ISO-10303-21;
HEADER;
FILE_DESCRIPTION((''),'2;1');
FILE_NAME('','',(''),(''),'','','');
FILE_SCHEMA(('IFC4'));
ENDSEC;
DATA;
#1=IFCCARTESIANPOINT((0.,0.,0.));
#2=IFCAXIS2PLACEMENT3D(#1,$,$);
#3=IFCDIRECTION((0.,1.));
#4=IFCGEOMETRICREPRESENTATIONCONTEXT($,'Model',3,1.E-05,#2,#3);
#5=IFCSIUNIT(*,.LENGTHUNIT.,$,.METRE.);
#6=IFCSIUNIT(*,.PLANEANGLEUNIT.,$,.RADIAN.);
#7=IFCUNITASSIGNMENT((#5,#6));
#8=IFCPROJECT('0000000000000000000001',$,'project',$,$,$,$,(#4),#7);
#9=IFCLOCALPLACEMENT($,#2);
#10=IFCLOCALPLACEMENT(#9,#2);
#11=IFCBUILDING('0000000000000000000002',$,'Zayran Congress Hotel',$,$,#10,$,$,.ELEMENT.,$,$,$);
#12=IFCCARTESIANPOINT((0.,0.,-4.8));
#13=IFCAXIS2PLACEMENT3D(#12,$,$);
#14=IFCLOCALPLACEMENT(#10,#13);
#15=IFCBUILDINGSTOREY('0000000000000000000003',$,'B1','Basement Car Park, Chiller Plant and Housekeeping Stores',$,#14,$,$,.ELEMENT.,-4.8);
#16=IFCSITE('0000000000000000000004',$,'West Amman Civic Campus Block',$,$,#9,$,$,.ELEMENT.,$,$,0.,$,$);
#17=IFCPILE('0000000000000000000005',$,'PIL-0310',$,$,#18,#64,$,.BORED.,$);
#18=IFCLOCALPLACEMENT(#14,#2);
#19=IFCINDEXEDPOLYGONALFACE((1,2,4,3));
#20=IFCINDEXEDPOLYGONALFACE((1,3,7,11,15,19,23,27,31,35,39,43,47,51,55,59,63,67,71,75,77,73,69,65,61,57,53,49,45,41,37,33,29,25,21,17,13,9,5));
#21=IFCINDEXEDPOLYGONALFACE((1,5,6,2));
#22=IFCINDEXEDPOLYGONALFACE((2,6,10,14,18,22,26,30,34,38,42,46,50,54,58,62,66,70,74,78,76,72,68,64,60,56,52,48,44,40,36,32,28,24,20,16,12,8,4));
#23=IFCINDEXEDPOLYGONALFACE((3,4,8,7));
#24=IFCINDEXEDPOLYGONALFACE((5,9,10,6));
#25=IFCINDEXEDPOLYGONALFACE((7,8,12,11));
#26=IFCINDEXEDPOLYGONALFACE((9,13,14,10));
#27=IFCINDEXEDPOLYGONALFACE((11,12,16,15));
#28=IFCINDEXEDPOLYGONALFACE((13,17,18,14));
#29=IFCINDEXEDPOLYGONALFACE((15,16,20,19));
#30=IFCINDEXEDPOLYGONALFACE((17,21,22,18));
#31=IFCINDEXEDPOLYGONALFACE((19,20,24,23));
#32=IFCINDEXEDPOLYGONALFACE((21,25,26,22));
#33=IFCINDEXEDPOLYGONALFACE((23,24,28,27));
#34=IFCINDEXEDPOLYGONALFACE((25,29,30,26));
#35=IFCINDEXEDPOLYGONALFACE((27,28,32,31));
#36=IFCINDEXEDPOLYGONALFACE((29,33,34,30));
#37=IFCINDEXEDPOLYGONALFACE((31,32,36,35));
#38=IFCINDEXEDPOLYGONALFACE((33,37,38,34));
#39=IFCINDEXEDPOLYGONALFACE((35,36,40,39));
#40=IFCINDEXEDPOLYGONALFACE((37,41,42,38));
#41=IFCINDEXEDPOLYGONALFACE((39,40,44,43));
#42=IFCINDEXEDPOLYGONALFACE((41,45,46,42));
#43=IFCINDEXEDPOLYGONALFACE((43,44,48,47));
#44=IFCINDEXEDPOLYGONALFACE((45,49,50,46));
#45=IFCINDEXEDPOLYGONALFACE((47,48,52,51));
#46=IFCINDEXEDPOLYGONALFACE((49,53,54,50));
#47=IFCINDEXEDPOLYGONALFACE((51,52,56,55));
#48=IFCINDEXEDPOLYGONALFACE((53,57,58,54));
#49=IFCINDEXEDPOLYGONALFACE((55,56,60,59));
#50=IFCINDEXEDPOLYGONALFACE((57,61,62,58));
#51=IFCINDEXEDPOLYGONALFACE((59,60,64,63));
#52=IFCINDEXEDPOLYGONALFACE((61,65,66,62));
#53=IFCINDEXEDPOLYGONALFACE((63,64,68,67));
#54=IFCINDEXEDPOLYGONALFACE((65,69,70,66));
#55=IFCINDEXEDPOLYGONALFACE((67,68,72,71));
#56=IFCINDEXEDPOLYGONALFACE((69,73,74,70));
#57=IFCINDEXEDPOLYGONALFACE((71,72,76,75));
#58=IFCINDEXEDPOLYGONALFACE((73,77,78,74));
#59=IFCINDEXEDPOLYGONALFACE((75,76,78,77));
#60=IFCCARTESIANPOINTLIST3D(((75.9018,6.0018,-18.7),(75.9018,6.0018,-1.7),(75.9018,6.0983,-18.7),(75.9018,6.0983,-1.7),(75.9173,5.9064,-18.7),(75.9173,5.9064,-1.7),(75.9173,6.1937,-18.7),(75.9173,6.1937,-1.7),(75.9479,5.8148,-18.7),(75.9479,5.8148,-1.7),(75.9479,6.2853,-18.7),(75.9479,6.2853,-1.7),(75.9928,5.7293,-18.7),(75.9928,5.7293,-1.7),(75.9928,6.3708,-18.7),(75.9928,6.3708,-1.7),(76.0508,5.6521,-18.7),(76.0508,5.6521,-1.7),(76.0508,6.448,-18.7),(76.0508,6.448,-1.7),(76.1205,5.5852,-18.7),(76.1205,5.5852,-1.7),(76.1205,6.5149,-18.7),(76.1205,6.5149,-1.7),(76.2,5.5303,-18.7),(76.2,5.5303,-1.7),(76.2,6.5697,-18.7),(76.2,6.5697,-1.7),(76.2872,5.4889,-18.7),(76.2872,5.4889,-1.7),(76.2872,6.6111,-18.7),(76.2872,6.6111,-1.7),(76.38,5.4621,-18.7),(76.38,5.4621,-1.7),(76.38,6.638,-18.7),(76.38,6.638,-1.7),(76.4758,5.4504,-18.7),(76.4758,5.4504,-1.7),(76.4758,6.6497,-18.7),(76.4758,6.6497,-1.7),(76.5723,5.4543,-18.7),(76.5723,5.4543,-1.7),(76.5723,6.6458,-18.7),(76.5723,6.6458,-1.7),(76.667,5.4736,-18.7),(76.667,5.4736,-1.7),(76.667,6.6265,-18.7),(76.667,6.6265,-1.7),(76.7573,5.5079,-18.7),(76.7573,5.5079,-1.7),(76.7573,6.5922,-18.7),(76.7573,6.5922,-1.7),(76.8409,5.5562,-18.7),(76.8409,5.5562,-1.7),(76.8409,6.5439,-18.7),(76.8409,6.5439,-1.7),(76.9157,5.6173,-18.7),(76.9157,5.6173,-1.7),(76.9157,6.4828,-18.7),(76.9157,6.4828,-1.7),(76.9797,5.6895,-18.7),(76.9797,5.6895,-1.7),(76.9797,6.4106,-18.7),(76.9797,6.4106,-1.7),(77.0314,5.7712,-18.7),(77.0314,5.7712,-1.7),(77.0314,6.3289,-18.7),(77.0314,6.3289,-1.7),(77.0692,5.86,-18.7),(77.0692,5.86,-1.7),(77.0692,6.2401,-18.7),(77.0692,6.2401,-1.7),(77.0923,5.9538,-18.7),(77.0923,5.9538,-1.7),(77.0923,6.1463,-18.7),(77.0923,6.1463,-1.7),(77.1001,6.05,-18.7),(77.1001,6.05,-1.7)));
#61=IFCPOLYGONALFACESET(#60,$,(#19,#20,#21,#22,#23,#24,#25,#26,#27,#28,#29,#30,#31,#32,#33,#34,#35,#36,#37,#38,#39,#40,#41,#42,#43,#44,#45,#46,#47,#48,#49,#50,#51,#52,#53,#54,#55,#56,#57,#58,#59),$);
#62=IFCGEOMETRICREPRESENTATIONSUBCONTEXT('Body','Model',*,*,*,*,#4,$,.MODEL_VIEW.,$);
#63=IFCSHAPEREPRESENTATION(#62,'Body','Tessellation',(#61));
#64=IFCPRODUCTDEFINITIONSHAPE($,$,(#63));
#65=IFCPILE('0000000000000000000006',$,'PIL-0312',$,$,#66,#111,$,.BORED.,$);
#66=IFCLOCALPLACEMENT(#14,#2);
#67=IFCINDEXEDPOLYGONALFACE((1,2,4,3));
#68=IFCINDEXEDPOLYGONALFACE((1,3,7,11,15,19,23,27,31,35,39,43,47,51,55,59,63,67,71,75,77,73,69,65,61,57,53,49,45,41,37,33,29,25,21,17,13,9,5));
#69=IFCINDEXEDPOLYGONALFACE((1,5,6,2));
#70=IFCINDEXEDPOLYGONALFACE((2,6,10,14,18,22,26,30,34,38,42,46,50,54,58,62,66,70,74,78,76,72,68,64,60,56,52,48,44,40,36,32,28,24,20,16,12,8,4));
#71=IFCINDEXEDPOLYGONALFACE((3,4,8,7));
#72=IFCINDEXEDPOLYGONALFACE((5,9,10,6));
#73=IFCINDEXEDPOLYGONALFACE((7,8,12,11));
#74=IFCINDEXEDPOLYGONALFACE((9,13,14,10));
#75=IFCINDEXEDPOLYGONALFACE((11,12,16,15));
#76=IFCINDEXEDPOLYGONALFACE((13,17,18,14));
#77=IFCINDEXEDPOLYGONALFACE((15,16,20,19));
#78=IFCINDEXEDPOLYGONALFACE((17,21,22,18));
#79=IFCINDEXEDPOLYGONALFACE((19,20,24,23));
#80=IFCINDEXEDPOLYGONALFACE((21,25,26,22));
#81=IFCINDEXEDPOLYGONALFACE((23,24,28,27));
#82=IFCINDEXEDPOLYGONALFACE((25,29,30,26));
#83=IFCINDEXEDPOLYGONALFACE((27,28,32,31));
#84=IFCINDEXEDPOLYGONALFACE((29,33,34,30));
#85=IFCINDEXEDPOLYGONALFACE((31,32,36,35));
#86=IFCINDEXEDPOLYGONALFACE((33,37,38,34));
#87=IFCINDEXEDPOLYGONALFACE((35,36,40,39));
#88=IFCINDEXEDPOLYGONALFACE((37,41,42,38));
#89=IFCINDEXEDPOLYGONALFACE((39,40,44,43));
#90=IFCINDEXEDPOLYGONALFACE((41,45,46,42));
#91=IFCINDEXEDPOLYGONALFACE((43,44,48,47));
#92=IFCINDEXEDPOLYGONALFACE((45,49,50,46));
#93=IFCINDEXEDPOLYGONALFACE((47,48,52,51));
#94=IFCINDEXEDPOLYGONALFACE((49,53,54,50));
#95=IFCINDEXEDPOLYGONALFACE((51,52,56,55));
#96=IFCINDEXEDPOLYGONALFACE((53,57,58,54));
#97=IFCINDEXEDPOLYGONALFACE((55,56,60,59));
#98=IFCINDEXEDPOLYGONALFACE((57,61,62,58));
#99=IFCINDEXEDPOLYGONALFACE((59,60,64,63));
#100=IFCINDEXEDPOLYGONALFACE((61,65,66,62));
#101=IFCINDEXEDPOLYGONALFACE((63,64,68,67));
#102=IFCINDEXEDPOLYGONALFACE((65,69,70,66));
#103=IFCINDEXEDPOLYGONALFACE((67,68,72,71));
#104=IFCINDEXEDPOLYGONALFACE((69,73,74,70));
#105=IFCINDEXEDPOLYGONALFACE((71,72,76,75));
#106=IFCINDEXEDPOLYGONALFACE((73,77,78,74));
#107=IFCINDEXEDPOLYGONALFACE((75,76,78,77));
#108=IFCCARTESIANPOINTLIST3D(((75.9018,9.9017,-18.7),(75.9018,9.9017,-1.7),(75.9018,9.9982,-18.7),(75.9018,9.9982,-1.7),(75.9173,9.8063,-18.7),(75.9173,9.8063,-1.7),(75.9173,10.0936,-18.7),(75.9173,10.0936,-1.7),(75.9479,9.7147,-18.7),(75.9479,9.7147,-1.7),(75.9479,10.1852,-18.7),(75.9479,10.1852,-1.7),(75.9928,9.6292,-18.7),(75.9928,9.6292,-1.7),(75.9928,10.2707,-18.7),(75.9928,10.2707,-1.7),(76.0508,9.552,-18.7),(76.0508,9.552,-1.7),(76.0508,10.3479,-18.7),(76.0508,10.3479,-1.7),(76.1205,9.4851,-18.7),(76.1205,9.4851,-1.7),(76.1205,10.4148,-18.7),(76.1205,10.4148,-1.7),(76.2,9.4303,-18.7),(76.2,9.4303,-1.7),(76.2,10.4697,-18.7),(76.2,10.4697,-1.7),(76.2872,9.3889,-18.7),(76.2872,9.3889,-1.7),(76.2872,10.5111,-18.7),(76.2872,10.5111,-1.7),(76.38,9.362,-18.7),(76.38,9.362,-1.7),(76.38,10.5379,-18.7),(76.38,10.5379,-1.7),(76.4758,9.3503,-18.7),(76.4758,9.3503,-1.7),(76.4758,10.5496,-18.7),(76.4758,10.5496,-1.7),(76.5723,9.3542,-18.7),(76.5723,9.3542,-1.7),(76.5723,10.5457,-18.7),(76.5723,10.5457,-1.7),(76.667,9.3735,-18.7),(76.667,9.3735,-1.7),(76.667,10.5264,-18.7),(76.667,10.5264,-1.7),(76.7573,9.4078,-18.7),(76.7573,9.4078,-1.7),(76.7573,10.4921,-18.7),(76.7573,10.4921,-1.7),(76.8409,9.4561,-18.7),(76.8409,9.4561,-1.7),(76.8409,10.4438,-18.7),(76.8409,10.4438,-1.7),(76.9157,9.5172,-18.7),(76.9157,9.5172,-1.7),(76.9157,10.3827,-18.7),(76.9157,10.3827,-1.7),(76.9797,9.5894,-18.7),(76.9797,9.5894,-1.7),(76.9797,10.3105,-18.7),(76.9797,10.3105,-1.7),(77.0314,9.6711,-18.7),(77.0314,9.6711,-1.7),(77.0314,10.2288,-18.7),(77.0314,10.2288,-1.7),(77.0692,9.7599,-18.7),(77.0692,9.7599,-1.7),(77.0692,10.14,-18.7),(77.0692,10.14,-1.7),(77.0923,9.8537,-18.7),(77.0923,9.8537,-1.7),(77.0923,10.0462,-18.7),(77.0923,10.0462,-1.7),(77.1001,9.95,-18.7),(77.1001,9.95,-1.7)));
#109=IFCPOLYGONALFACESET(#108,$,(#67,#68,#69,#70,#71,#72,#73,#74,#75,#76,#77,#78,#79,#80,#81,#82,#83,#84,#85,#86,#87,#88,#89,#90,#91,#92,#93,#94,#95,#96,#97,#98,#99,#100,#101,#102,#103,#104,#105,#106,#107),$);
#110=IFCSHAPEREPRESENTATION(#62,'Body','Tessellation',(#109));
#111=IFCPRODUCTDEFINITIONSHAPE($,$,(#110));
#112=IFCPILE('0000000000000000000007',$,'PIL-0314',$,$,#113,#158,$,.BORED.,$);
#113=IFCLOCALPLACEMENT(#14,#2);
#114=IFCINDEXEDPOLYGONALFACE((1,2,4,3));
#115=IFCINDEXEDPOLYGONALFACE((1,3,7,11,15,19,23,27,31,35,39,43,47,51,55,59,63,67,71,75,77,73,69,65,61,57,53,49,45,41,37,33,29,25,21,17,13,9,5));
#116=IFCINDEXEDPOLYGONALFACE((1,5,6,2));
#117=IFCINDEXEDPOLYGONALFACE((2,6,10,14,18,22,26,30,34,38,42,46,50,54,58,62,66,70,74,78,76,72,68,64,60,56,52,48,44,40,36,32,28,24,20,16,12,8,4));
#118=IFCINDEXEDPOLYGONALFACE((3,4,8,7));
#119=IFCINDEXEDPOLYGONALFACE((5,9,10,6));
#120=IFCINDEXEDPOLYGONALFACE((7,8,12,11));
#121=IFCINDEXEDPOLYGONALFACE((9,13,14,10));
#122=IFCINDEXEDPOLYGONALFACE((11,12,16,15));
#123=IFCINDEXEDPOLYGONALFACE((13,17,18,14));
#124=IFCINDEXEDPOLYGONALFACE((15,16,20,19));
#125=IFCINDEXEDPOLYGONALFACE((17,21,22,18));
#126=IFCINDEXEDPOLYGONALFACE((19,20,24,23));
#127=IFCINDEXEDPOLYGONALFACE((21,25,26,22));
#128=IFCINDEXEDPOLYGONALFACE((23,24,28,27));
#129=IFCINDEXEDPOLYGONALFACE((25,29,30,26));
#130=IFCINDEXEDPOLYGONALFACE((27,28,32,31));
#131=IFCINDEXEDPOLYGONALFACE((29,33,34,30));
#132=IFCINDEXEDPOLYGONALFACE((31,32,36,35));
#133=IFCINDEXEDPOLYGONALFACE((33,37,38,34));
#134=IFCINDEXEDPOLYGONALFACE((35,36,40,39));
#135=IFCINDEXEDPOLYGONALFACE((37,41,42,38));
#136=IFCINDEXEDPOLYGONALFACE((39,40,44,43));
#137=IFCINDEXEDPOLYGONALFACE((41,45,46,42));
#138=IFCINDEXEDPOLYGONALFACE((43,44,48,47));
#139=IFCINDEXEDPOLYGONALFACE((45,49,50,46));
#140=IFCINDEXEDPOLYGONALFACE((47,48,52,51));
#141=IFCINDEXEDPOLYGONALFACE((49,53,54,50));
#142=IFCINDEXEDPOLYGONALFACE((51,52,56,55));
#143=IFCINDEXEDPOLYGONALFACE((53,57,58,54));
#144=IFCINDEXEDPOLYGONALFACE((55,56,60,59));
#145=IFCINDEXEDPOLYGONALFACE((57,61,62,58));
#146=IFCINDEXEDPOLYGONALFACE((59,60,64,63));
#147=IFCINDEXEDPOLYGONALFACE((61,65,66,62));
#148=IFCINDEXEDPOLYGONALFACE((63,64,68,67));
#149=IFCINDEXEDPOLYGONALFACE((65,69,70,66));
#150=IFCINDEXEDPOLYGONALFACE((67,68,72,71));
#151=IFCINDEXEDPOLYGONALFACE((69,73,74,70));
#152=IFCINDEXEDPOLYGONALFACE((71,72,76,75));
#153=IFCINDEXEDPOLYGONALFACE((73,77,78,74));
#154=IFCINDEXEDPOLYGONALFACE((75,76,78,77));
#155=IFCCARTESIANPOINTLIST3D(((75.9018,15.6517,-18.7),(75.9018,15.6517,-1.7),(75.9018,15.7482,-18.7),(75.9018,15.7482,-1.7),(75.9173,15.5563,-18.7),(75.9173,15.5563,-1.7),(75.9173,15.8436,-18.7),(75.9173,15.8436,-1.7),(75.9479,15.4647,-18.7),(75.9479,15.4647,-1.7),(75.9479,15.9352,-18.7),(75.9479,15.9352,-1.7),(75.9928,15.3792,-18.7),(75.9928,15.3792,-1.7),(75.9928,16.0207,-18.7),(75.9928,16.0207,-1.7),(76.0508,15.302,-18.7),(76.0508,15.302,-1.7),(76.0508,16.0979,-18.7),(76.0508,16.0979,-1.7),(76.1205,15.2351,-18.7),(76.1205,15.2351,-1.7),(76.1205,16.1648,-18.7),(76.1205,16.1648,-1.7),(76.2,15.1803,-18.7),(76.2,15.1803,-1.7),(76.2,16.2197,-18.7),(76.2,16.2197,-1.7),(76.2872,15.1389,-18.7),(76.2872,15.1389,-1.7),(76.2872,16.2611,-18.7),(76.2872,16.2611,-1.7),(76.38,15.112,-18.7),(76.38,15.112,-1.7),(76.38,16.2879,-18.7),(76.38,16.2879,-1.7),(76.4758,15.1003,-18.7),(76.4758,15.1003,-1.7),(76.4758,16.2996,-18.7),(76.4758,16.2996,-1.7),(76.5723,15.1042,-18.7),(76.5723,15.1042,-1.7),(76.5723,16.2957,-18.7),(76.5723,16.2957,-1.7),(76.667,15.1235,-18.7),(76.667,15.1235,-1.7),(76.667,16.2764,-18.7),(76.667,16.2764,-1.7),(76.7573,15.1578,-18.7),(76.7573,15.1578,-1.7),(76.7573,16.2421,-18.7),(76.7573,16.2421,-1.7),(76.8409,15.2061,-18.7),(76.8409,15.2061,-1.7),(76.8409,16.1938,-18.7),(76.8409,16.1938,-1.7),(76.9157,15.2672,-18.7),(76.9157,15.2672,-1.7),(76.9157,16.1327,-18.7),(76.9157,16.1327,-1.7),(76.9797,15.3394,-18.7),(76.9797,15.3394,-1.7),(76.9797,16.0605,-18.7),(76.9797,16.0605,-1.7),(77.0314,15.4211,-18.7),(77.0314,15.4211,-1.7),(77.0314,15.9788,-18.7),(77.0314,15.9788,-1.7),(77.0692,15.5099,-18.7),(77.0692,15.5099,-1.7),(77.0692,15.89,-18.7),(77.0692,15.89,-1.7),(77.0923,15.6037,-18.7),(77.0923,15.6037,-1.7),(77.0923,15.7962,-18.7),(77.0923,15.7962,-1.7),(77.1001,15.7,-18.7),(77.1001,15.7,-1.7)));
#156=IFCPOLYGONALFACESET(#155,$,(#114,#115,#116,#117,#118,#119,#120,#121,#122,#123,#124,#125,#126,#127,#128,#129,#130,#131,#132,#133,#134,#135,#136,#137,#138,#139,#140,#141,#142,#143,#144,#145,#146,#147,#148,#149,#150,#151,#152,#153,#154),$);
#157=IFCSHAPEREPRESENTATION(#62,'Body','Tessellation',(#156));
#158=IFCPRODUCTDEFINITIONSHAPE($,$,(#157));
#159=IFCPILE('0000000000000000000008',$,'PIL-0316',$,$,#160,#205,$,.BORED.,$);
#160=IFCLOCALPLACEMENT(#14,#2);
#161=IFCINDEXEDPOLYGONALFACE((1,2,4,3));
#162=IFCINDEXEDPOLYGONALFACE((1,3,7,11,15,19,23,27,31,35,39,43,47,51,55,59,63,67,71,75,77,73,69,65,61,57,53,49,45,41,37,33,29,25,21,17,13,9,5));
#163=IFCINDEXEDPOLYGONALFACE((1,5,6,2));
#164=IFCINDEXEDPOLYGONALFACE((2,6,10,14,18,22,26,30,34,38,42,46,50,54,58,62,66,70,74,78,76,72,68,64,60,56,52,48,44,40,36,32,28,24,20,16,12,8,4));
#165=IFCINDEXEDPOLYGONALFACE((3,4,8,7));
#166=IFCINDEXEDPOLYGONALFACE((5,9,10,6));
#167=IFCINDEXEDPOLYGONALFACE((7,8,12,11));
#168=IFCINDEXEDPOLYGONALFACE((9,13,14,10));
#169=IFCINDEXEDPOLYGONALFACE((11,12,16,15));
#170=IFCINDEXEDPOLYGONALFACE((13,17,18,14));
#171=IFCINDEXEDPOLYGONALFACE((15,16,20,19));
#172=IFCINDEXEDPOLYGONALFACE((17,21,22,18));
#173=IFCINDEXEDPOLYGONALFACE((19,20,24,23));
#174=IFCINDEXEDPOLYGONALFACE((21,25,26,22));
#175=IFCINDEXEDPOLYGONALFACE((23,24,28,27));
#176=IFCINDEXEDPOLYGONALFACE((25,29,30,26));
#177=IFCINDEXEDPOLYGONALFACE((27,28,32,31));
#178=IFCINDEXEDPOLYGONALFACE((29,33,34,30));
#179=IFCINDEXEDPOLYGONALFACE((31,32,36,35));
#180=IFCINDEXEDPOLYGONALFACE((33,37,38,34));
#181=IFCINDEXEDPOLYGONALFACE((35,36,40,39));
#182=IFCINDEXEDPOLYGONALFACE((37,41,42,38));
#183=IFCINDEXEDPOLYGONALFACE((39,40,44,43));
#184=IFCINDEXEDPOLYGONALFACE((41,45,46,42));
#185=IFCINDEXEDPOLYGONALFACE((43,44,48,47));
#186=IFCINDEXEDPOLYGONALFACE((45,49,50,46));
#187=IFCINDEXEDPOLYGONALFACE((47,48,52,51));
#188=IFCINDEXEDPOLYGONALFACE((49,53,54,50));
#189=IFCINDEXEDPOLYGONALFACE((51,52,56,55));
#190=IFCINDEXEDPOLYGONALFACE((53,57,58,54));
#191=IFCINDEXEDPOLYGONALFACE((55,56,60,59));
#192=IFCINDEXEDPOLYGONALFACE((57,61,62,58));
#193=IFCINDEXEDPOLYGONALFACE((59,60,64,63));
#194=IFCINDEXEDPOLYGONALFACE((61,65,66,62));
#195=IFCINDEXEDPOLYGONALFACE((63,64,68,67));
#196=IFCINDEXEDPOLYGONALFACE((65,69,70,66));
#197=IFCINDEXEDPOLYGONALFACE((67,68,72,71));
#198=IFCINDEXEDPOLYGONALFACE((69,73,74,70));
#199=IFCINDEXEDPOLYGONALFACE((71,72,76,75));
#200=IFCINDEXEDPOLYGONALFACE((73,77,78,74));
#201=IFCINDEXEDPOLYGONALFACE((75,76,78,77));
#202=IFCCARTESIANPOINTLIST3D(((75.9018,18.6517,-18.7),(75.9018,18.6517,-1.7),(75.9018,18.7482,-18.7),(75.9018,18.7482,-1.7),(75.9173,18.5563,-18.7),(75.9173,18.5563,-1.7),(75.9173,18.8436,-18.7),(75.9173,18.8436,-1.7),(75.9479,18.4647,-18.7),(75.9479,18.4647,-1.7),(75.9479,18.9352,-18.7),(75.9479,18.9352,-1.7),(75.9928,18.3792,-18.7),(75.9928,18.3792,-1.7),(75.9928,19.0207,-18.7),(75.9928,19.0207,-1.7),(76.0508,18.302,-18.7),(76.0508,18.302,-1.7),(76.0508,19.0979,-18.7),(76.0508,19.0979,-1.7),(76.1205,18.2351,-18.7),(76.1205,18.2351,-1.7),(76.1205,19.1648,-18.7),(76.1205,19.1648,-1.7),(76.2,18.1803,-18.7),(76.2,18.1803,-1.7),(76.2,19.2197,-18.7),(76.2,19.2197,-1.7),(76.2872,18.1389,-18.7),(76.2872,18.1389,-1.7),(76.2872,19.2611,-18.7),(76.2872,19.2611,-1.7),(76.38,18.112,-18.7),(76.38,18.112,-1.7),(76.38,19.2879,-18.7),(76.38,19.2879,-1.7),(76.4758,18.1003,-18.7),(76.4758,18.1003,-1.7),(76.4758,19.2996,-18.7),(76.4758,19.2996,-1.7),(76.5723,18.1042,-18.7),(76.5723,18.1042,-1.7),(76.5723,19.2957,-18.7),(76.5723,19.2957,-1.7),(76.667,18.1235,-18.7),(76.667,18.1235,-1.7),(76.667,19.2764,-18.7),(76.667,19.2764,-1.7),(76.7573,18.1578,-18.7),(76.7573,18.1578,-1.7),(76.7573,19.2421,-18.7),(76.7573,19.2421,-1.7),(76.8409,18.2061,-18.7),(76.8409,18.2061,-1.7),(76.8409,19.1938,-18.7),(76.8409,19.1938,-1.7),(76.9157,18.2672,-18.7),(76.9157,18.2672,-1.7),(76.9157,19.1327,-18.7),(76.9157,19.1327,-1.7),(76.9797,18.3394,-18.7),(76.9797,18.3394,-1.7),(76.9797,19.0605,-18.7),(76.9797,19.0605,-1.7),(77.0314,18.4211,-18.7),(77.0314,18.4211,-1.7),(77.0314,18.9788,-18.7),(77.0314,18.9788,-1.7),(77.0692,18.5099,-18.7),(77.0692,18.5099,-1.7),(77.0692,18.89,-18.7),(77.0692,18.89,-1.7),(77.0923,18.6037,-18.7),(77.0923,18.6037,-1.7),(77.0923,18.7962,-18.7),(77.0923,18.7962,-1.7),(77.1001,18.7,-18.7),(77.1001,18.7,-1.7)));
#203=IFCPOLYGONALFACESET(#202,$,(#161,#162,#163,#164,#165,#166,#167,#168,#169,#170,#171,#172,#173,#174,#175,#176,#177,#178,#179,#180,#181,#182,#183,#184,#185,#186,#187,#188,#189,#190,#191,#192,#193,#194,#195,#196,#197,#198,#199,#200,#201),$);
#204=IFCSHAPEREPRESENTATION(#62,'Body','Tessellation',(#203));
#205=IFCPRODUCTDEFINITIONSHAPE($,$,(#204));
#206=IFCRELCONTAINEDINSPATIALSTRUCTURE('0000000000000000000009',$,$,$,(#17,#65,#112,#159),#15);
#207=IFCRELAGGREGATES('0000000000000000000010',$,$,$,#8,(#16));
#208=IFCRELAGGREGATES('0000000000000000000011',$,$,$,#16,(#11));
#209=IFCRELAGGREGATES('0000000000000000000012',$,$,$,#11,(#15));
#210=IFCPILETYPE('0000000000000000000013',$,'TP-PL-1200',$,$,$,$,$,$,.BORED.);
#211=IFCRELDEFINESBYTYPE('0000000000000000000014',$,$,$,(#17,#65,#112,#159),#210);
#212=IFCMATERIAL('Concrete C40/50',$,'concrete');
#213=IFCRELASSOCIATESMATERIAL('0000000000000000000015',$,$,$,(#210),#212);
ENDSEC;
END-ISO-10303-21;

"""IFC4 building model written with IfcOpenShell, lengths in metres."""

from ifc_helpers import new_model, si_unit, direction, frame, origin, origin_2d, place, context, subcontext, project, spatial, circle, extrude, material, material_profile, profile_set, type_object, element, save


model = new_model("IFC4")

# Units and contexts
model_context = context("Model", 3, precision=1e-05, world=origin(), true_north=direction((0.0, 1.0)))
body_context = subcontext(model_context, "Body", "Model", "MODEL_VIEW")
ifc_project = project(units=[si_unit("LENGTHUNIT", "METRE"), si_unit("PLANEANGLEUNIT", "RADIAN")], contexts=[model_context])

# Site, building, storey
site_placement = place(None, origin())
site = spatial("IfcSite", under=ifc_project, at=site_placement, Name="West Amman Civic Campus Block", CompositionType="ELEMENT", RefElevation=0.0)
building_placement = place(site_placement, origin())
building = spatial("IfcBuilding", under=site, at=building_placement, Name="Zayran Congress Hotel", CompositionType="ELEMENT")
storey_placement = place(building_placement, frame((0.0, 0.0, -4.8)))
storey = spatial("IfcBuildingStorey", under=building, at=storey_placement, Name="B1", Description="Basement Car Park, Chiller Plant and Housekeeping Stores", CompositionType="ELEMENT", Elevation=-4.8)

# Piles
ifc_material_1 = material(Name="Concrete C40/50", Category="concrete")
ifc_material_profile_1 = material_profile(ifc_material_1, circle(Radius=0.6001, at=origin_2d()), Name="PILE D1200")
ifc_profile_set_1 = profile_set([ifc_material_profile_1], Name="Concrete C40/50")
pile_type = type_object("IfcPileType", Name="TP-PL-1200", PredefinedType="BORED", material=ifc_profile_set_1)
for number, where, z_axis, x_axis, name in (
    (1, (76.5, 6.05, -1.7), (0.0, 0.0, -1.0), (1.0, 0.0, 0.0), "PIL-0310"),
    (2, (76.5, 9.95, -1.7), (0.0, 0.0, -1.0), (1.0, 0.0, 0.0), "PIL-0312"),
    (3, (76.5, 15.7, -1.7), (0.0, 0.0, -1.0), (1.0, 0.0, 0.0), "PIL-0314"),
    (4, (76.5, 18.7, -1.7), (0.0, 0.0, -1.0), (1.0, 0.0, 0.0), "PIL-0316"),
):
    element("IfcPile", number, at=place(storey_placement, frame(where, z_axis=z_axis, x_axis=x_axis)), inside=storey, type_object=pile_type, Name=name, PredefinedType="BORED", context=body_context, shape_type="SweptSolid", body=[
        extrude(circle(Radius=0.6001, at=origin_2d()), origin(), (0.0, 0.0, 1.0), 17.0),
    ])

save(model, "model.ifc")
